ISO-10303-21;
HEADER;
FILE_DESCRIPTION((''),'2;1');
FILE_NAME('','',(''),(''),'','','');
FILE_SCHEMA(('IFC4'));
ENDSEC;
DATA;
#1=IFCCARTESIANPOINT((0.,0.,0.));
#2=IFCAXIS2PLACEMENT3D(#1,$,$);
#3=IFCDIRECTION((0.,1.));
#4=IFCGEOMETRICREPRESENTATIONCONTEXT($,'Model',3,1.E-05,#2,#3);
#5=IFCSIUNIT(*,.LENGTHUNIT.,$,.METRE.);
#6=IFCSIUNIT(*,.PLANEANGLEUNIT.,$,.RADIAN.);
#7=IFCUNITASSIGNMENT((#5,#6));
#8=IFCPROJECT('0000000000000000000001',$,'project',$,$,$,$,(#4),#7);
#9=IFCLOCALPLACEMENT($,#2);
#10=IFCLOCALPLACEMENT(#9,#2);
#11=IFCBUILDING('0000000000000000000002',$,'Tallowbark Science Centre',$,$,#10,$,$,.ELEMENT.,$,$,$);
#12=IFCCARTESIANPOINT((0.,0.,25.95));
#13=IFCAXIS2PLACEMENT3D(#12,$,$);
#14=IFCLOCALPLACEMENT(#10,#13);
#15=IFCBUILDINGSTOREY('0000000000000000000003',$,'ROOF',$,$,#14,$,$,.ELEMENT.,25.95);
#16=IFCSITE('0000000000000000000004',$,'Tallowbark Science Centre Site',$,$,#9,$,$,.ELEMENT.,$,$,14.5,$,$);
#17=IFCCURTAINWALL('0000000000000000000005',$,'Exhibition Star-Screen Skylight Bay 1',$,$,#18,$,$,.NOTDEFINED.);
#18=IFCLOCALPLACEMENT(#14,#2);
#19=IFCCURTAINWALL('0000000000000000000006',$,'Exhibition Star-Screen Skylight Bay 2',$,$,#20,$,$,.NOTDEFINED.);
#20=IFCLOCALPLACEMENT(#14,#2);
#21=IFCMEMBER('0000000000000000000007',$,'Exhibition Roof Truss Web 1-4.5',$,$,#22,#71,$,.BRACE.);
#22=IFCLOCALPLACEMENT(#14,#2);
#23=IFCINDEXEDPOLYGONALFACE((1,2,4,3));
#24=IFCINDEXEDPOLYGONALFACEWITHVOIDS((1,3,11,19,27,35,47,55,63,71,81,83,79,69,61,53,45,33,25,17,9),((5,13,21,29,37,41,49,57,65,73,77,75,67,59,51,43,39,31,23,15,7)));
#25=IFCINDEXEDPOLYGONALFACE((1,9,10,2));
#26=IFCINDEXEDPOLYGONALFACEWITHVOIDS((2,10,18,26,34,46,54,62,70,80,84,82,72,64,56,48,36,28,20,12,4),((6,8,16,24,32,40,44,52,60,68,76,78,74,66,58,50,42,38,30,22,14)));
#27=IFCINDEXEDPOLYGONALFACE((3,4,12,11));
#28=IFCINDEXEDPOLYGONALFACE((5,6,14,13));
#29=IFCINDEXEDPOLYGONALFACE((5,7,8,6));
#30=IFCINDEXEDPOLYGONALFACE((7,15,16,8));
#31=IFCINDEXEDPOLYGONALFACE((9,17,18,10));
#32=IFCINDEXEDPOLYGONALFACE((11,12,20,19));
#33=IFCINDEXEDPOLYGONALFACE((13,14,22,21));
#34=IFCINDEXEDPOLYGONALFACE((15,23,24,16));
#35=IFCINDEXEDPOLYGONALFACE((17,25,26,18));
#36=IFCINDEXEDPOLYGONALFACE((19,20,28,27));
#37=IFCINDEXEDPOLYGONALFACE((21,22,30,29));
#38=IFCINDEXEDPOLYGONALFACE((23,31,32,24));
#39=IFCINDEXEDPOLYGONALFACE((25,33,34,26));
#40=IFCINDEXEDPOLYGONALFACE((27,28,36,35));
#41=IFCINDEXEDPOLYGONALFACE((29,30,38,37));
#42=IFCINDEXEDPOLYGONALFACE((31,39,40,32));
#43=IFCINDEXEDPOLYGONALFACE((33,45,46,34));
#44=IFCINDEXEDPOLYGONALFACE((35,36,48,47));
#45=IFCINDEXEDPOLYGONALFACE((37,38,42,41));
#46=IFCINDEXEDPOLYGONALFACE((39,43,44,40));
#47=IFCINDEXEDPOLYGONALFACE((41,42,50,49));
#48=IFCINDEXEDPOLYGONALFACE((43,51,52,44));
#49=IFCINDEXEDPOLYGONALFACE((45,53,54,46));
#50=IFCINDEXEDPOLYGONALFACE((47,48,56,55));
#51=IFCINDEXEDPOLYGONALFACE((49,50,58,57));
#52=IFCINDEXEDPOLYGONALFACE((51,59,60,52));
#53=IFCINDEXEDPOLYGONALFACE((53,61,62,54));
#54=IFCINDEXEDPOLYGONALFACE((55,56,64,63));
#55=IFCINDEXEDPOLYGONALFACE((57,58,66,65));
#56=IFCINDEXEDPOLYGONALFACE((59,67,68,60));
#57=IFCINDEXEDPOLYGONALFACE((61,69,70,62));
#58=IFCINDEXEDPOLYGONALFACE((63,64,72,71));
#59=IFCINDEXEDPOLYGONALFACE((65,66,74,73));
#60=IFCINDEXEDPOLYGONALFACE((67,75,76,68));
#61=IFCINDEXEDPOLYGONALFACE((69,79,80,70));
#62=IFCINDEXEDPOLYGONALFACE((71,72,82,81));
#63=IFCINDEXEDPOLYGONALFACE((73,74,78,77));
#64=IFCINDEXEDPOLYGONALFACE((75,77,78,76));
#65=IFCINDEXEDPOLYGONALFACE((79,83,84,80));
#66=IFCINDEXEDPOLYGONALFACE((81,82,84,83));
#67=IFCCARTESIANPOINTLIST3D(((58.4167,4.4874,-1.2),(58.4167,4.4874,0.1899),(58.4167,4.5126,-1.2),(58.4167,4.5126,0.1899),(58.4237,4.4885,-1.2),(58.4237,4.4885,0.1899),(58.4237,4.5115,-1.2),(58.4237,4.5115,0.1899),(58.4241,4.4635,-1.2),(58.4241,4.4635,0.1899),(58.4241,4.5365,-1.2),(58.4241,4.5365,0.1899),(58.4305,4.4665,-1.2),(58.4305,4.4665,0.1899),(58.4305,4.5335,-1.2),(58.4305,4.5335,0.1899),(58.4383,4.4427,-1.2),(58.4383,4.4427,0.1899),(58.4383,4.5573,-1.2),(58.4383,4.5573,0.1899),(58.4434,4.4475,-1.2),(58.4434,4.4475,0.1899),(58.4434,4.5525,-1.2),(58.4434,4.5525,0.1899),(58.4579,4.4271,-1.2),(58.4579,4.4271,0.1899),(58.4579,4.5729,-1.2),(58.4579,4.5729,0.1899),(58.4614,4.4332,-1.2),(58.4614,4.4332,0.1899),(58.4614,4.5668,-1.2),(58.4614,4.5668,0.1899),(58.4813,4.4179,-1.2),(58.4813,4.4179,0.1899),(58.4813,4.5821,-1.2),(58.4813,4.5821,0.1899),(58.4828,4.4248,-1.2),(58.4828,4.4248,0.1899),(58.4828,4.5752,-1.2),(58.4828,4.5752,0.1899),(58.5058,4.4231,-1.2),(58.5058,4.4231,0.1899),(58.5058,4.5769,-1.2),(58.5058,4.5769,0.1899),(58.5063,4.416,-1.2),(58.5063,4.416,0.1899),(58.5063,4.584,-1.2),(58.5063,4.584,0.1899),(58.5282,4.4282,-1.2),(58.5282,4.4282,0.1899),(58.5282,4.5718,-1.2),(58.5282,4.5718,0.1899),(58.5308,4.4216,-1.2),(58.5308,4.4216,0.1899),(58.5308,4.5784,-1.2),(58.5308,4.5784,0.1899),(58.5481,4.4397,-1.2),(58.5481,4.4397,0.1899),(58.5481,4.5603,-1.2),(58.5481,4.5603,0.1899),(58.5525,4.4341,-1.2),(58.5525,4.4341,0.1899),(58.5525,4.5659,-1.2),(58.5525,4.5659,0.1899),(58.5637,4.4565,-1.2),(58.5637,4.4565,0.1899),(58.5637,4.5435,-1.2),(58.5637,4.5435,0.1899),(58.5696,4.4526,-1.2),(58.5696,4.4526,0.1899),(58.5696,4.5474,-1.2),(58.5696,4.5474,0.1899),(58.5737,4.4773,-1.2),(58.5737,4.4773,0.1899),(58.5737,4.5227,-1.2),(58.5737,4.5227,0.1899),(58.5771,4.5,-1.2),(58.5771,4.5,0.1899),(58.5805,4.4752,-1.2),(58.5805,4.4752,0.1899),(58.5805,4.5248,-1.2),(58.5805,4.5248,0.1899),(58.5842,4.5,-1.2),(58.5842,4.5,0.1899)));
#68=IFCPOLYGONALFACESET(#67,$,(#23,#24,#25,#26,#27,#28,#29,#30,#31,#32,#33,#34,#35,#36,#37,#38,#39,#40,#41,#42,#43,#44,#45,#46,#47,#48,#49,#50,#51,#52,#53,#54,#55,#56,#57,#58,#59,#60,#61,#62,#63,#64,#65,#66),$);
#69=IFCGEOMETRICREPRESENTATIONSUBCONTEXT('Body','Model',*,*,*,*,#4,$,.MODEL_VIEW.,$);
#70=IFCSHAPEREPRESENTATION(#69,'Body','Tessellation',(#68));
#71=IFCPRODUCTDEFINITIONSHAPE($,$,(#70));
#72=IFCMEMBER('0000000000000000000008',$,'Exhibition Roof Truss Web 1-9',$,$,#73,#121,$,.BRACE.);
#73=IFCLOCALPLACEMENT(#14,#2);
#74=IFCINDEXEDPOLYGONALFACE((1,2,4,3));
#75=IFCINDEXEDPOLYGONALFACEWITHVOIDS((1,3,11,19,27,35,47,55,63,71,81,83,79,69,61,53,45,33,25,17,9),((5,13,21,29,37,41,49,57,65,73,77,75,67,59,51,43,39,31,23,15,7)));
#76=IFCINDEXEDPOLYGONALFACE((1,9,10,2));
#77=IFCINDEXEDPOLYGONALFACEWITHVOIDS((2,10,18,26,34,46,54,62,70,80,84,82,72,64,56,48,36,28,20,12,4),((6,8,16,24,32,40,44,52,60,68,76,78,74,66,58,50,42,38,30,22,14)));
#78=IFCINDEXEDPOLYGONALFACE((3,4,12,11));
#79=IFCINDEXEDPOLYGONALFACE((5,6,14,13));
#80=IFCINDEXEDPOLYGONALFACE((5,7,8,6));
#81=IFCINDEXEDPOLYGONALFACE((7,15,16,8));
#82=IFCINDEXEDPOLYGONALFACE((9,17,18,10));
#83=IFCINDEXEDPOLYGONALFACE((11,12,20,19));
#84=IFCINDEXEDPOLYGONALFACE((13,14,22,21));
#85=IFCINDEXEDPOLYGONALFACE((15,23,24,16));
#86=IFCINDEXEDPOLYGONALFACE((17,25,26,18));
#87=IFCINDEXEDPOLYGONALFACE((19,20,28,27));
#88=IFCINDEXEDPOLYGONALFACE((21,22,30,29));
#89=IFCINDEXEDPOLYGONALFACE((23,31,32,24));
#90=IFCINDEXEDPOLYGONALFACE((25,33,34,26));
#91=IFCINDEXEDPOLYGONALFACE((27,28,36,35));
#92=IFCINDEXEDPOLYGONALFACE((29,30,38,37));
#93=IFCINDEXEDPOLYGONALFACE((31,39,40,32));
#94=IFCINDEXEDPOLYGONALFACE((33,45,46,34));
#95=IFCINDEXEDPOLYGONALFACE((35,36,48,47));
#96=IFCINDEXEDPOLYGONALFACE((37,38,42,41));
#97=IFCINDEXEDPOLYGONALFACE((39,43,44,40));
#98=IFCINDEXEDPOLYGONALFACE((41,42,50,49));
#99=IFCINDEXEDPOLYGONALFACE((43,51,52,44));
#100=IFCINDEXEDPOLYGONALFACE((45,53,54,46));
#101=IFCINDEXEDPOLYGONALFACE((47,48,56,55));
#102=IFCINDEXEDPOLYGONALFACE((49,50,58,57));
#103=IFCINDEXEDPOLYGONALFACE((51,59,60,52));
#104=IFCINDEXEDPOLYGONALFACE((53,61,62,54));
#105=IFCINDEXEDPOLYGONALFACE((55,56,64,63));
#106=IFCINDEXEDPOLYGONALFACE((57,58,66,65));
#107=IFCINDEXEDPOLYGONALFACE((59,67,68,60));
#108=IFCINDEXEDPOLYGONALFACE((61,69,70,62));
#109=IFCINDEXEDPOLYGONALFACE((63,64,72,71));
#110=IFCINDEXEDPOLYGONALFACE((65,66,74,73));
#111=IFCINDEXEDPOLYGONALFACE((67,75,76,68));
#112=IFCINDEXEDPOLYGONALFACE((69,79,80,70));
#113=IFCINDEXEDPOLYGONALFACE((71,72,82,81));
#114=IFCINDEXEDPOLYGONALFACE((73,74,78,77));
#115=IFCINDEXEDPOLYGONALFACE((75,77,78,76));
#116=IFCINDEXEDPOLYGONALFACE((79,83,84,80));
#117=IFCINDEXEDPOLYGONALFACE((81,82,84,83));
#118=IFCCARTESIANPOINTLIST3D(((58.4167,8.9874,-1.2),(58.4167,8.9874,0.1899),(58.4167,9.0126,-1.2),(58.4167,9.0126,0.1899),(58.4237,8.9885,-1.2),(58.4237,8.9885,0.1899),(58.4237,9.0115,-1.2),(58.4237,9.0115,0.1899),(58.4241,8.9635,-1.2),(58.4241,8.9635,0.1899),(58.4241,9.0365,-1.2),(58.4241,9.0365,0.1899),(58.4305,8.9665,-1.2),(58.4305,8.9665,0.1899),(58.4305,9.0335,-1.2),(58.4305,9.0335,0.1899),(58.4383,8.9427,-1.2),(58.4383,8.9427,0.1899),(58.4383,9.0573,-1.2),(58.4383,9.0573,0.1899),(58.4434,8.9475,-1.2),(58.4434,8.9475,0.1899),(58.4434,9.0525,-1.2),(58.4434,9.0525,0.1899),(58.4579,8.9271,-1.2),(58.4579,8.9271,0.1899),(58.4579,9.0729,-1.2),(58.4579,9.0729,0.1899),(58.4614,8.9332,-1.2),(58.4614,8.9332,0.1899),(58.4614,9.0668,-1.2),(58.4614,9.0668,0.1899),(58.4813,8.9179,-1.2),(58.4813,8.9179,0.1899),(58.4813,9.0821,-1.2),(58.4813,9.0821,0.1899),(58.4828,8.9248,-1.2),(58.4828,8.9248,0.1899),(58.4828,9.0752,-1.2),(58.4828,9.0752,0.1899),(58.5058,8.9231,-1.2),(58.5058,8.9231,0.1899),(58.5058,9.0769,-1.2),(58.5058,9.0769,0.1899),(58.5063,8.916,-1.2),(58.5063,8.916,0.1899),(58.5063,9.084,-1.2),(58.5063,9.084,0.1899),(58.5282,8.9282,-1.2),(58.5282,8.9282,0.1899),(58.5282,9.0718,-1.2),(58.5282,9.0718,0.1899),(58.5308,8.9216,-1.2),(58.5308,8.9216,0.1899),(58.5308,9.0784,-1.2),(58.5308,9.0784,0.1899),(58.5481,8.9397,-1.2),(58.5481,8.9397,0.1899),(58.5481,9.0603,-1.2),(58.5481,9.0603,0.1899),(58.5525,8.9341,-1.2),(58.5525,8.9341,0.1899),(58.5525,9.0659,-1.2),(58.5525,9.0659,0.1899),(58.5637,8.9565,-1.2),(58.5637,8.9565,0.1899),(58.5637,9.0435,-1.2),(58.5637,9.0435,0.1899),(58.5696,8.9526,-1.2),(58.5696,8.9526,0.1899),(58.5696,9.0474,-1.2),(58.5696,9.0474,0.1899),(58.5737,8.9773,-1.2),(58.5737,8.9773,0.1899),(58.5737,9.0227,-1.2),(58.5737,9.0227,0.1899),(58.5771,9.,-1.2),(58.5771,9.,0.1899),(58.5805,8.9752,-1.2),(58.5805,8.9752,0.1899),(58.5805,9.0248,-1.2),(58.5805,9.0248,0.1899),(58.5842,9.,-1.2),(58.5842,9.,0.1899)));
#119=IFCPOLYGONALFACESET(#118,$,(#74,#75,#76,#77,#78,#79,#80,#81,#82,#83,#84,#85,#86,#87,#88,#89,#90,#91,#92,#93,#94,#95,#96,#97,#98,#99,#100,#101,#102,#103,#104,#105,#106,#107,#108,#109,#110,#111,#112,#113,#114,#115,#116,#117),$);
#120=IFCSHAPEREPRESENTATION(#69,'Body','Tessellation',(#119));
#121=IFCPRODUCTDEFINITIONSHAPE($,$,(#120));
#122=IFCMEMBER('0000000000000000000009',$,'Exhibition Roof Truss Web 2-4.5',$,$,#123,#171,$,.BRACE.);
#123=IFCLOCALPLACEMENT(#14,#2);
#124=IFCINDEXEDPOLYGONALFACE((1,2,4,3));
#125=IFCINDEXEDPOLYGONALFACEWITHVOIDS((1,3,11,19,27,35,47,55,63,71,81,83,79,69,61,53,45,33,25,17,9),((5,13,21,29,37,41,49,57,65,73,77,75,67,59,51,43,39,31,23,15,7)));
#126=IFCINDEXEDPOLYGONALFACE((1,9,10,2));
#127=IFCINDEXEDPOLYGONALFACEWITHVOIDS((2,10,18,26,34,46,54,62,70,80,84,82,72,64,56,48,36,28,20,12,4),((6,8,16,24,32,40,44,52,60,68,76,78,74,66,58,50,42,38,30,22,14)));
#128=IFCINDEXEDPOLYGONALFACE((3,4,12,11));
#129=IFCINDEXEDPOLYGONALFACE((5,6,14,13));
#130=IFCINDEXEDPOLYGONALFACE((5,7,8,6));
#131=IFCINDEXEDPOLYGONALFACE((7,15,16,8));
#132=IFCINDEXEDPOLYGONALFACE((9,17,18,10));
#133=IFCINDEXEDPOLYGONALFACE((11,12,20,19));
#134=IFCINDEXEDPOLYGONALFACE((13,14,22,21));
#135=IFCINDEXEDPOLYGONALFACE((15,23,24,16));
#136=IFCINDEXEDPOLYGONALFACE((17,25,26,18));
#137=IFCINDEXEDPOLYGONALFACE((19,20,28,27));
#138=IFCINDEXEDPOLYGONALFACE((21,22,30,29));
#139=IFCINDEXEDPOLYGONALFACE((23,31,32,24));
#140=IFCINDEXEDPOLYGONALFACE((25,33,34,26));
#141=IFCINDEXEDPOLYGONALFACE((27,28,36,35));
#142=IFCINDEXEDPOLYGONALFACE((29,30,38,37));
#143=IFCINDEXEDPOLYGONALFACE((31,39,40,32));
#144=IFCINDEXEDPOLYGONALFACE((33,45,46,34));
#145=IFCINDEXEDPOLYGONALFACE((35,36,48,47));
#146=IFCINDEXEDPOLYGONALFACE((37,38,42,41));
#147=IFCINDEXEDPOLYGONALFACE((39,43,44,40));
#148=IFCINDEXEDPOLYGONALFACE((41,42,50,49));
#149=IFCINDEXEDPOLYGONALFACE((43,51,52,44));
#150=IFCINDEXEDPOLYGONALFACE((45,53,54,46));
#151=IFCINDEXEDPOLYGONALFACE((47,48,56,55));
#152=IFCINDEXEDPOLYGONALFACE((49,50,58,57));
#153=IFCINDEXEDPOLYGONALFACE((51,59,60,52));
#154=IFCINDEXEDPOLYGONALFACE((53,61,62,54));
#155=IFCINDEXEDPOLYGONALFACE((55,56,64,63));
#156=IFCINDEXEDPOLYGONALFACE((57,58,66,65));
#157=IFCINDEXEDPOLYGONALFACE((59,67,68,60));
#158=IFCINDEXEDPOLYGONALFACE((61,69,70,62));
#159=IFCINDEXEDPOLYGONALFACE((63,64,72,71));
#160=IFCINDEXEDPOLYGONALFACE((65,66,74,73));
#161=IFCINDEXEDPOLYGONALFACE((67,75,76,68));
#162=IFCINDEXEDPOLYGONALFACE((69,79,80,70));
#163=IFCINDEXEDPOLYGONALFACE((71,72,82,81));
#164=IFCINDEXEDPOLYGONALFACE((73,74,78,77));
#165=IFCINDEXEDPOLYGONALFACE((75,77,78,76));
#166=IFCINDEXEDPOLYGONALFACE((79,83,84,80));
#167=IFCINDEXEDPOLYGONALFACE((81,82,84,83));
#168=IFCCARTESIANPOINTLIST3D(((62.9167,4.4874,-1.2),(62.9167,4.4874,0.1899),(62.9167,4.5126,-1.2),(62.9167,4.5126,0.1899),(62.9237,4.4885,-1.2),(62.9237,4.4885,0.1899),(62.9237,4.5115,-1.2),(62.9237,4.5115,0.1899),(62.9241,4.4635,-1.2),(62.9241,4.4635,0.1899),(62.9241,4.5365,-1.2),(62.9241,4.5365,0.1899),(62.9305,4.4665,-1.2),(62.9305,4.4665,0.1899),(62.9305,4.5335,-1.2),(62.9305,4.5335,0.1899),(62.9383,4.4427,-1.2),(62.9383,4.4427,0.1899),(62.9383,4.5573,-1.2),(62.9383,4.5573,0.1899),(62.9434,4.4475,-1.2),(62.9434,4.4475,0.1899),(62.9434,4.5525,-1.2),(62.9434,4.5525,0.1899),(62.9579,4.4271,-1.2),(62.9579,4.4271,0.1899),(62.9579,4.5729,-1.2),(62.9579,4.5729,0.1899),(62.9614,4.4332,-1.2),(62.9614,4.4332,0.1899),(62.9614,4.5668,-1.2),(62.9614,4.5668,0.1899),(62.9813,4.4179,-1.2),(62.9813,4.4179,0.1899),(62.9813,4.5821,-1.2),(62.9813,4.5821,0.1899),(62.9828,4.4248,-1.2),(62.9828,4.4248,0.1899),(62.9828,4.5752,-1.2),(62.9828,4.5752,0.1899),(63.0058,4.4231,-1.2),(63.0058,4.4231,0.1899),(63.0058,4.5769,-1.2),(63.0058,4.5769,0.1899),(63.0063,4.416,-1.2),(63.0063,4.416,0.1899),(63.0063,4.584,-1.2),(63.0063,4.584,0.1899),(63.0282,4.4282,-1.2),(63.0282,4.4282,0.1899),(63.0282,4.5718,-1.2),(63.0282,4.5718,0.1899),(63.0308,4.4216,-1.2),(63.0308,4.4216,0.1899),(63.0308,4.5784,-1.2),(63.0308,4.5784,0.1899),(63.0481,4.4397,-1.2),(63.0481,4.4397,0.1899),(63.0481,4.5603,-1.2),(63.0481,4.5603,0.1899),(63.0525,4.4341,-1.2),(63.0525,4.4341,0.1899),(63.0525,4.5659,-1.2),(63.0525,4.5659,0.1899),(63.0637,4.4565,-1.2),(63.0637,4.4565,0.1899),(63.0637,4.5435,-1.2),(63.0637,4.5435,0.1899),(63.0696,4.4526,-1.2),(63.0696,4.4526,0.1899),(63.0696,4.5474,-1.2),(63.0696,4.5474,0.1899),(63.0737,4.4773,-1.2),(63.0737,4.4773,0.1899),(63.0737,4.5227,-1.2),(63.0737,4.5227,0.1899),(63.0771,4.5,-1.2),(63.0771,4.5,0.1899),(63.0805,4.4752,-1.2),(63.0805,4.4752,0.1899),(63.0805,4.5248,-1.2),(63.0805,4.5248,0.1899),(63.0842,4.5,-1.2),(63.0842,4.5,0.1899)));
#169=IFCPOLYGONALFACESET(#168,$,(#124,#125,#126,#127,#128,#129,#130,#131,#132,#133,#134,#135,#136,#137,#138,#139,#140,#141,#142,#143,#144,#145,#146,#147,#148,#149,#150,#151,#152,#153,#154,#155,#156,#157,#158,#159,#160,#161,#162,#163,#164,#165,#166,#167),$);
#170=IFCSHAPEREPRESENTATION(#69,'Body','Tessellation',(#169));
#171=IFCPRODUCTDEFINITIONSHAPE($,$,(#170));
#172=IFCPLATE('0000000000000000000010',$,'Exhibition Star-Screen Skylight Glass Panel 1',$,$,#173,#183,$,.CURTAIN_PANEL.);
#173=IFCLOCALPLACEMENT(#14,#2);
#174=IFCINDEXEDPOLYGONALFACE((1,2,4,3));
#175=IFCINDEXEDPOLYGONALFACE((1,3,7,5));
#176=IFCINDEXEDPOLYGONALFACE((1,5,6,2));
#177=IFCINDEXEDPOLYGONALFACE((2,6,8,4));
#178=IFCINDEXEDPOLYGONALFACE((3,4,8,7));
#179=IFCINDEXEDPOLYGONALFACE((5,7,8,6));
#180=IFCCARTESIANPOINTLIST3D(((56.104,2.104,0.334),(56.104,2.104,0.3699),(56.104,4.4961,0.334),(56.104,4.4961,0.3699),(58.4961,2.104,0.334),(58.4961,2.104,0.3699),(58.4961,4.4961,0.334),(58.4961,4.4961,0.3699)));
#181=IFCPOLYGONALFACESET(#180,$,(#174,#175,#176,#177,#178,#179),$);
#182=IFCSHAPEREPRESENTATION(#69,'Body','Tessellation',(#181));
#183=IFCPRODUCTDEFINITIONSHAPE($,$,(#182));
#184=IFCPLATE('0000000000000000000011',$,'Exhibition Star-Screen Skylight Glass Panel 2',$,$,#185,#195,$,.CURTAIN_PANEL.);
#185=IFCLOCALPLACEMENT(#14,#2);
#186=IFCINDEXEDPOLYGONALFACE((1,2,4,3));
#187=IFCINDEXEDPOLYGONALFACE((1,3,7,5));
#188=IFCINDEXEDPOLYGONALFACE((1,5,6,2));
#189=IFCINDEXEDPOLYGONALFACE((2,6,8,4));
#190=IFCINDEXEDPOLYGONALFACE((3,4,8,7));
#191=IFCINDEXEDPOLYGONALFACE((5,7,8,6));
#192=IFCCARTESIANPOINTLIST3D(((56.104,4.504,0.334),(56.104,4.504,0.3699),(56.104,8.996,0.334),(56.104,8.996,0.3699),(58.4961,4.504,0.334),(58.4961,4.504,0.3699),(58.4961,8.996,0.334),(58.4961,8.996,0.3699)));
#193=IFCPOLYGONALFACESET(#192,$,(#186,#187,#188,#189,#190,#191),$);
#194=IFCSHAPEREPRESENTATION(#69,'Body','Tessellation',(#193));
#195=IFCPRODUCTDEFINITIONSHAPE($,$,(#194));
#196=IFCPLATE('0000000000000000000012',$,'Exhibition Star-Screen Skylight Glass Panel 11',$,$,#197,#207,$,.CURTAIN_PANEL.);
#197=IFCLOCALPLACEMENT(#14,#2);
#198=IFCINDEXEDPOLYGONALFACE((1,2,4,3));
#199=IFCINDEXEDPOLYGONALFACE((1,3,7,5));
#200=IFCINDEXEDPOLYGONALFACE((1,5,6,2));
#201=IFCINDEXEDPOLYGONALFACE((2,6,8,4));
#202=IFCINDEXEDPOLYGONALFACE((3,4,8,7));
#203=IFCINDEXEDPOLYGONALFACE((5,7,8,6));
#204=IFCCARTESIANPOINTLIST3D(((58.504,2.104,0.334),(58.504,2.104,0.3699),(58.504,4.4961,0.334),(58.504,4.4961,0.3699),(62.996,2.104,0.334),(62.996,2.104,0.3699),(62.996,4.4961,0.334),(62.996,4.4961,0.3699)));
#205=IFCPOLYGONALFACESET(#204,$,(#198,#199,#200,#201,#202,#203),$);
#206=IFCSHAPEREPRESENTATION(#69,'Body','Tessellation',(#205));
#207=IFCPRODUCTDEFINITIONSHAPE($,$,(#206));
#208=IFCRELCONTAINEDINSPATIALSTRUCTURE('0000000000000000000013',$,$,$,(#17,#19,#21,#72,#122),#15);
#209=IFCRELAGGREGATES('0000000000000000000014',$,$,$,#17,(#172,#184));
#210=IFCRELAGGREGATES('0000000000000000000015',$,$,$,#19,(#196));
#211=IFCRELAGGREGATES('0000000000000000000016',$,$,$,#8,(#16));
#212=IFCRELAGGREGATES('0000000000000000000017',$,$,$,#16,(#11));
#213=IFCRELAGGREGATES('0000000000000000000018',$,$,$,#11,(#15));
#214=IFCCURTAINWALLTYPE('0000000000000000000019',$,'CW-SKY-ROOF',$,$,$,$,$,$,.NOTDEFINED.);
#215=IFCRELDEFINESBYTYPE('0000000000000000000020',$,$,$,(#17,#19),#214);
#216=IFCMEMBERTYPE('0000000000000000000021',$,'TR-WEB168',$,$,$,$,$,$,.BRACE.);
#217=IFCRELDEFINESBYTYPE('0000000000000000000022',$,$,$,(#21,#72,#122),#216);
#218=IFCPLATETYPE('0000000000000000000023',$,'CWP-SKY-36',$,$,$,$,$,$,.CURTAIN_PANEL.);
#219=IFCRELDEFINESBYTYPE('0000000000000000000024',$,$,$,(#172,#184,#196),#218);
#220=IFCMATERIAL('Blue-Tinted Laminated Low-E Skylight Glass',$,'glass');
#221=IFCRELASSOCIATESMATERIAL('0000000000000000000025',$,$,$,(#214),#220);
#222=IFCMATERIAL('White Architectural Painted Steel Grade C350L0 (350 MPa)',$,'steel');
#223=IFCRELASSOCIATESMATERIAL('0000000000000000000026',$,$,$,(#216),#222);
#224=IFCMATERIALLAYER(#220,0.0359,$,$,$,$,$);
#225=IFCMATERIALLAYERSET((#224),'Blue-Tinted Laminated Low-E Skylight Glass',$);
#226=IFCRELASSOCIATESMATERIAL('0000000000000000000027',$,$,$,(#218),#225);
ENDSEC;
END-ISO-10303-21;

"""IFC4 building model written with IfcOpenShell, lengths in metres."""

from ifc_helpers import new_model, si_unit, direction, frame, origin, origin_2d, place, context, subcontext, project, spatial, rectangle, hollow_circle, extrude, material, layer, layer_set, material_profile, profile_set, type_object, element, aggregate, save


model = new_model("IFC4")

# Units and contexts
model_context = context("Model", 3, precision=1e-05, world=origin(), true_north=direction((0.0, 1.0)))
body_context = subcontext(model_context, "Body", "Model", "MODEL_VIEW")
ifc_project = project(units=[si_unit("LENGTHUNIT", "METRE"), si_unit("PLANEANGLEUNIT", "RADIAN")], contexts=[model_context])

# Site, building, storey
site_placement = place(None, origin())
site = spatial("IfcSite", under=ifc_project, at=site_placement, Name="Tallowbark Science Centre Site", CompositionType="ELEMENT", RefElevation=14.5)
building_placement = place(site_placement, origin())
building = spatial("IfcBuilding", under=site, at=building_placement, Name="Tallowbark Science Centre", CompositionType="ELEMENT")
storey_placement = place(building_placement, frame((0.0, 0.0, 25.95)))
storey = spatial("IfcBuildingStorey", under=building, at=storey_placement, Name="ROOF", CompositionType="ELEMENT", Elevation=25.95)

# Shared definitions
ifc_material_1 = material(Name="White Architectural Painted Steel Grade C350L0 (350 MPa)", Category="steel")

# Curtain walls
ifc_material_2 = material(Name="Blue-Tinted Laminated Low-E Skylight Glass", Category="glass")
curtain_wall_type = type_object("IfcCurtainWallType", Name="CW-SKY-ROOF", PredefinedType="NOTDEFINED", material=ifc_material_2)
curtain_wall_1_placement = place(storey_placement, origin())
curtain_wall_1 = element("IfcCurtainWall", 1, at=curtain_wall_1_placement, inside=storey, type_object=curtain_wall_type, Name="Exhibition Star-Screen Skylight Bay 1", PredefinedType="NOTDEFINED")
curtain_wall_2_placement = place(storey_placement, origin())
curtain_wall_2 = element("IfcCurtainWall", 2, at=curtain_wall_2_placement, inside=storey, type_object=curtain_wall_type, Name="Exhibition Star-Screen Skylight Bay 2", PredefinedType="NOTDEFINED")

# Members
ifc_material_profile_1 = material_profile(ifc_material_1, hollow_circle(Radius=0.0842, WallThickness=0.0071, at=origin_2d()), Name="168.3x7.1CHS")
ifc_profile_set_1 = profile_set([ifc_material_profile_1], Name="White Architectural Painted Steel Grade C350L0 (350 MPa)")
member_type_1 = type_object("IfcMemberType", Name="TR-WEB168", PredefinedType="BRACE", material=ifc_profile_set_1)
for number, where, z_axis, x_axis, name in (
    (3, (58.5, 4.5, -1.2), (0.0, 0.0, 1.0), (1.0, 0.0, 0.0), "Exhibition Roof Truss Web 1-4.5"),
    (4, (58.5, 9.0, -1.2), (0.0, 0.0, 1.0), (1.0, 0.0, 0.0), "Exhibition Roof Truss Web 1-9"),
    (5, (63.0, 4.5, -1.2), (0.0, 0.0, 1.0), (1.0, 0.0, 0.0), "Exhibition Roof Truss Web 2-4.5"),
):
    element("IfcMember", number, at=place(storey_placement, frame(where, z_axis=z_axis, x_axis=x_axis)), inside=storey, type_object=member_type_1, Name=name, PredefinedType="BRACE", context=body_context, shape_type="SweptSolid", body=[
        extrude(hollow_circle(Radius=0.0842, WallThickness=0.0071, at=origin_2d()), origin(), (0.0, 0.0, 1.0), 1.3899),
    ])

# Plates
ifc_layer_1 = layer(ifc_material_2, 0.0359)
ifc_layer_set_1 = layer_set([ifc_layer_1], Name="Blue-Tinted Laminated Low-E Skylight Glass")
plate_type_1 = type_object("IfcPlateType", Name="CWP-SKY-36", PredefinedType="CURTAIN_PANEL", material=ifc_layer_set_1)
plate_1_placement = place(storey_placement, frame((57.3, 3.3, 0.334), z_axis=(0.0, 0.0, 1.0), x_axis=(1.0, 0.0, 0.0)))
plate_1 = element("IfcPlate", 6, at=plate_1_placement, type_object=plate_type_1, Name="Exhibition Star-Screen Skylight Glass Panel 1", PredefinedType="CURTAIN_PANEL", context=body_context, shape_type="SweptSolid", body=[
    extrude(rectangle(XDim=2.3921, YDim=2.3921, at=origin_2d()), origin(), (0.0, 0.0, 1.0), 0.0359),
])
plate_2_placement = place(storey_placement, frame((57.3, 6.75, 0.334), z_axis=(0.0, 0.0, 1.0), x_axis=(1.0, 0.0, 0.0)))
plate_2 = element("IfcPlate", 7, at=plate_2_placement, type_object=plate_type_1, Name="Exhibition Star-Screen Skylight Glass Panel 2", PredefinedType="CURTAIN_PANEL", context=body_context, shape_type="SweptSolid", body=[
    extrude(rectangle(XDim=2.3921, YDim=4.4919, at=origin_2d()), origin(), (0.0, 0.0, 1.0), 0.0359),
])
aggregate(curtain_wall_1, [plate_1, plate_2])
plate_3_placement = place(storey_placement, frame((60.75, 3.3, 0.334), z_axis=(0.0, 0.0, 1.0), x_axis=(1.0, 0.0, 0.0)))
plate_3 = element("IfcPlate", 8, at=plate_3_placement, type_object=plate_type_1, Name="Exhibition Star-Screen Skylight Glass Panel 11", PredefinedType="CURTAIN_PANEL", context=body_context, shape_type="SweptSolid", body=[
    extrude(rectangle(XDim=4.4919, YDim=2.3921, at=origin_2d()), origin(), (0.0, 0.0, 1.0), 0.0359),
])
aggregate(curtain_wall_2, [plate_3])

save(model, "model.ifc")
